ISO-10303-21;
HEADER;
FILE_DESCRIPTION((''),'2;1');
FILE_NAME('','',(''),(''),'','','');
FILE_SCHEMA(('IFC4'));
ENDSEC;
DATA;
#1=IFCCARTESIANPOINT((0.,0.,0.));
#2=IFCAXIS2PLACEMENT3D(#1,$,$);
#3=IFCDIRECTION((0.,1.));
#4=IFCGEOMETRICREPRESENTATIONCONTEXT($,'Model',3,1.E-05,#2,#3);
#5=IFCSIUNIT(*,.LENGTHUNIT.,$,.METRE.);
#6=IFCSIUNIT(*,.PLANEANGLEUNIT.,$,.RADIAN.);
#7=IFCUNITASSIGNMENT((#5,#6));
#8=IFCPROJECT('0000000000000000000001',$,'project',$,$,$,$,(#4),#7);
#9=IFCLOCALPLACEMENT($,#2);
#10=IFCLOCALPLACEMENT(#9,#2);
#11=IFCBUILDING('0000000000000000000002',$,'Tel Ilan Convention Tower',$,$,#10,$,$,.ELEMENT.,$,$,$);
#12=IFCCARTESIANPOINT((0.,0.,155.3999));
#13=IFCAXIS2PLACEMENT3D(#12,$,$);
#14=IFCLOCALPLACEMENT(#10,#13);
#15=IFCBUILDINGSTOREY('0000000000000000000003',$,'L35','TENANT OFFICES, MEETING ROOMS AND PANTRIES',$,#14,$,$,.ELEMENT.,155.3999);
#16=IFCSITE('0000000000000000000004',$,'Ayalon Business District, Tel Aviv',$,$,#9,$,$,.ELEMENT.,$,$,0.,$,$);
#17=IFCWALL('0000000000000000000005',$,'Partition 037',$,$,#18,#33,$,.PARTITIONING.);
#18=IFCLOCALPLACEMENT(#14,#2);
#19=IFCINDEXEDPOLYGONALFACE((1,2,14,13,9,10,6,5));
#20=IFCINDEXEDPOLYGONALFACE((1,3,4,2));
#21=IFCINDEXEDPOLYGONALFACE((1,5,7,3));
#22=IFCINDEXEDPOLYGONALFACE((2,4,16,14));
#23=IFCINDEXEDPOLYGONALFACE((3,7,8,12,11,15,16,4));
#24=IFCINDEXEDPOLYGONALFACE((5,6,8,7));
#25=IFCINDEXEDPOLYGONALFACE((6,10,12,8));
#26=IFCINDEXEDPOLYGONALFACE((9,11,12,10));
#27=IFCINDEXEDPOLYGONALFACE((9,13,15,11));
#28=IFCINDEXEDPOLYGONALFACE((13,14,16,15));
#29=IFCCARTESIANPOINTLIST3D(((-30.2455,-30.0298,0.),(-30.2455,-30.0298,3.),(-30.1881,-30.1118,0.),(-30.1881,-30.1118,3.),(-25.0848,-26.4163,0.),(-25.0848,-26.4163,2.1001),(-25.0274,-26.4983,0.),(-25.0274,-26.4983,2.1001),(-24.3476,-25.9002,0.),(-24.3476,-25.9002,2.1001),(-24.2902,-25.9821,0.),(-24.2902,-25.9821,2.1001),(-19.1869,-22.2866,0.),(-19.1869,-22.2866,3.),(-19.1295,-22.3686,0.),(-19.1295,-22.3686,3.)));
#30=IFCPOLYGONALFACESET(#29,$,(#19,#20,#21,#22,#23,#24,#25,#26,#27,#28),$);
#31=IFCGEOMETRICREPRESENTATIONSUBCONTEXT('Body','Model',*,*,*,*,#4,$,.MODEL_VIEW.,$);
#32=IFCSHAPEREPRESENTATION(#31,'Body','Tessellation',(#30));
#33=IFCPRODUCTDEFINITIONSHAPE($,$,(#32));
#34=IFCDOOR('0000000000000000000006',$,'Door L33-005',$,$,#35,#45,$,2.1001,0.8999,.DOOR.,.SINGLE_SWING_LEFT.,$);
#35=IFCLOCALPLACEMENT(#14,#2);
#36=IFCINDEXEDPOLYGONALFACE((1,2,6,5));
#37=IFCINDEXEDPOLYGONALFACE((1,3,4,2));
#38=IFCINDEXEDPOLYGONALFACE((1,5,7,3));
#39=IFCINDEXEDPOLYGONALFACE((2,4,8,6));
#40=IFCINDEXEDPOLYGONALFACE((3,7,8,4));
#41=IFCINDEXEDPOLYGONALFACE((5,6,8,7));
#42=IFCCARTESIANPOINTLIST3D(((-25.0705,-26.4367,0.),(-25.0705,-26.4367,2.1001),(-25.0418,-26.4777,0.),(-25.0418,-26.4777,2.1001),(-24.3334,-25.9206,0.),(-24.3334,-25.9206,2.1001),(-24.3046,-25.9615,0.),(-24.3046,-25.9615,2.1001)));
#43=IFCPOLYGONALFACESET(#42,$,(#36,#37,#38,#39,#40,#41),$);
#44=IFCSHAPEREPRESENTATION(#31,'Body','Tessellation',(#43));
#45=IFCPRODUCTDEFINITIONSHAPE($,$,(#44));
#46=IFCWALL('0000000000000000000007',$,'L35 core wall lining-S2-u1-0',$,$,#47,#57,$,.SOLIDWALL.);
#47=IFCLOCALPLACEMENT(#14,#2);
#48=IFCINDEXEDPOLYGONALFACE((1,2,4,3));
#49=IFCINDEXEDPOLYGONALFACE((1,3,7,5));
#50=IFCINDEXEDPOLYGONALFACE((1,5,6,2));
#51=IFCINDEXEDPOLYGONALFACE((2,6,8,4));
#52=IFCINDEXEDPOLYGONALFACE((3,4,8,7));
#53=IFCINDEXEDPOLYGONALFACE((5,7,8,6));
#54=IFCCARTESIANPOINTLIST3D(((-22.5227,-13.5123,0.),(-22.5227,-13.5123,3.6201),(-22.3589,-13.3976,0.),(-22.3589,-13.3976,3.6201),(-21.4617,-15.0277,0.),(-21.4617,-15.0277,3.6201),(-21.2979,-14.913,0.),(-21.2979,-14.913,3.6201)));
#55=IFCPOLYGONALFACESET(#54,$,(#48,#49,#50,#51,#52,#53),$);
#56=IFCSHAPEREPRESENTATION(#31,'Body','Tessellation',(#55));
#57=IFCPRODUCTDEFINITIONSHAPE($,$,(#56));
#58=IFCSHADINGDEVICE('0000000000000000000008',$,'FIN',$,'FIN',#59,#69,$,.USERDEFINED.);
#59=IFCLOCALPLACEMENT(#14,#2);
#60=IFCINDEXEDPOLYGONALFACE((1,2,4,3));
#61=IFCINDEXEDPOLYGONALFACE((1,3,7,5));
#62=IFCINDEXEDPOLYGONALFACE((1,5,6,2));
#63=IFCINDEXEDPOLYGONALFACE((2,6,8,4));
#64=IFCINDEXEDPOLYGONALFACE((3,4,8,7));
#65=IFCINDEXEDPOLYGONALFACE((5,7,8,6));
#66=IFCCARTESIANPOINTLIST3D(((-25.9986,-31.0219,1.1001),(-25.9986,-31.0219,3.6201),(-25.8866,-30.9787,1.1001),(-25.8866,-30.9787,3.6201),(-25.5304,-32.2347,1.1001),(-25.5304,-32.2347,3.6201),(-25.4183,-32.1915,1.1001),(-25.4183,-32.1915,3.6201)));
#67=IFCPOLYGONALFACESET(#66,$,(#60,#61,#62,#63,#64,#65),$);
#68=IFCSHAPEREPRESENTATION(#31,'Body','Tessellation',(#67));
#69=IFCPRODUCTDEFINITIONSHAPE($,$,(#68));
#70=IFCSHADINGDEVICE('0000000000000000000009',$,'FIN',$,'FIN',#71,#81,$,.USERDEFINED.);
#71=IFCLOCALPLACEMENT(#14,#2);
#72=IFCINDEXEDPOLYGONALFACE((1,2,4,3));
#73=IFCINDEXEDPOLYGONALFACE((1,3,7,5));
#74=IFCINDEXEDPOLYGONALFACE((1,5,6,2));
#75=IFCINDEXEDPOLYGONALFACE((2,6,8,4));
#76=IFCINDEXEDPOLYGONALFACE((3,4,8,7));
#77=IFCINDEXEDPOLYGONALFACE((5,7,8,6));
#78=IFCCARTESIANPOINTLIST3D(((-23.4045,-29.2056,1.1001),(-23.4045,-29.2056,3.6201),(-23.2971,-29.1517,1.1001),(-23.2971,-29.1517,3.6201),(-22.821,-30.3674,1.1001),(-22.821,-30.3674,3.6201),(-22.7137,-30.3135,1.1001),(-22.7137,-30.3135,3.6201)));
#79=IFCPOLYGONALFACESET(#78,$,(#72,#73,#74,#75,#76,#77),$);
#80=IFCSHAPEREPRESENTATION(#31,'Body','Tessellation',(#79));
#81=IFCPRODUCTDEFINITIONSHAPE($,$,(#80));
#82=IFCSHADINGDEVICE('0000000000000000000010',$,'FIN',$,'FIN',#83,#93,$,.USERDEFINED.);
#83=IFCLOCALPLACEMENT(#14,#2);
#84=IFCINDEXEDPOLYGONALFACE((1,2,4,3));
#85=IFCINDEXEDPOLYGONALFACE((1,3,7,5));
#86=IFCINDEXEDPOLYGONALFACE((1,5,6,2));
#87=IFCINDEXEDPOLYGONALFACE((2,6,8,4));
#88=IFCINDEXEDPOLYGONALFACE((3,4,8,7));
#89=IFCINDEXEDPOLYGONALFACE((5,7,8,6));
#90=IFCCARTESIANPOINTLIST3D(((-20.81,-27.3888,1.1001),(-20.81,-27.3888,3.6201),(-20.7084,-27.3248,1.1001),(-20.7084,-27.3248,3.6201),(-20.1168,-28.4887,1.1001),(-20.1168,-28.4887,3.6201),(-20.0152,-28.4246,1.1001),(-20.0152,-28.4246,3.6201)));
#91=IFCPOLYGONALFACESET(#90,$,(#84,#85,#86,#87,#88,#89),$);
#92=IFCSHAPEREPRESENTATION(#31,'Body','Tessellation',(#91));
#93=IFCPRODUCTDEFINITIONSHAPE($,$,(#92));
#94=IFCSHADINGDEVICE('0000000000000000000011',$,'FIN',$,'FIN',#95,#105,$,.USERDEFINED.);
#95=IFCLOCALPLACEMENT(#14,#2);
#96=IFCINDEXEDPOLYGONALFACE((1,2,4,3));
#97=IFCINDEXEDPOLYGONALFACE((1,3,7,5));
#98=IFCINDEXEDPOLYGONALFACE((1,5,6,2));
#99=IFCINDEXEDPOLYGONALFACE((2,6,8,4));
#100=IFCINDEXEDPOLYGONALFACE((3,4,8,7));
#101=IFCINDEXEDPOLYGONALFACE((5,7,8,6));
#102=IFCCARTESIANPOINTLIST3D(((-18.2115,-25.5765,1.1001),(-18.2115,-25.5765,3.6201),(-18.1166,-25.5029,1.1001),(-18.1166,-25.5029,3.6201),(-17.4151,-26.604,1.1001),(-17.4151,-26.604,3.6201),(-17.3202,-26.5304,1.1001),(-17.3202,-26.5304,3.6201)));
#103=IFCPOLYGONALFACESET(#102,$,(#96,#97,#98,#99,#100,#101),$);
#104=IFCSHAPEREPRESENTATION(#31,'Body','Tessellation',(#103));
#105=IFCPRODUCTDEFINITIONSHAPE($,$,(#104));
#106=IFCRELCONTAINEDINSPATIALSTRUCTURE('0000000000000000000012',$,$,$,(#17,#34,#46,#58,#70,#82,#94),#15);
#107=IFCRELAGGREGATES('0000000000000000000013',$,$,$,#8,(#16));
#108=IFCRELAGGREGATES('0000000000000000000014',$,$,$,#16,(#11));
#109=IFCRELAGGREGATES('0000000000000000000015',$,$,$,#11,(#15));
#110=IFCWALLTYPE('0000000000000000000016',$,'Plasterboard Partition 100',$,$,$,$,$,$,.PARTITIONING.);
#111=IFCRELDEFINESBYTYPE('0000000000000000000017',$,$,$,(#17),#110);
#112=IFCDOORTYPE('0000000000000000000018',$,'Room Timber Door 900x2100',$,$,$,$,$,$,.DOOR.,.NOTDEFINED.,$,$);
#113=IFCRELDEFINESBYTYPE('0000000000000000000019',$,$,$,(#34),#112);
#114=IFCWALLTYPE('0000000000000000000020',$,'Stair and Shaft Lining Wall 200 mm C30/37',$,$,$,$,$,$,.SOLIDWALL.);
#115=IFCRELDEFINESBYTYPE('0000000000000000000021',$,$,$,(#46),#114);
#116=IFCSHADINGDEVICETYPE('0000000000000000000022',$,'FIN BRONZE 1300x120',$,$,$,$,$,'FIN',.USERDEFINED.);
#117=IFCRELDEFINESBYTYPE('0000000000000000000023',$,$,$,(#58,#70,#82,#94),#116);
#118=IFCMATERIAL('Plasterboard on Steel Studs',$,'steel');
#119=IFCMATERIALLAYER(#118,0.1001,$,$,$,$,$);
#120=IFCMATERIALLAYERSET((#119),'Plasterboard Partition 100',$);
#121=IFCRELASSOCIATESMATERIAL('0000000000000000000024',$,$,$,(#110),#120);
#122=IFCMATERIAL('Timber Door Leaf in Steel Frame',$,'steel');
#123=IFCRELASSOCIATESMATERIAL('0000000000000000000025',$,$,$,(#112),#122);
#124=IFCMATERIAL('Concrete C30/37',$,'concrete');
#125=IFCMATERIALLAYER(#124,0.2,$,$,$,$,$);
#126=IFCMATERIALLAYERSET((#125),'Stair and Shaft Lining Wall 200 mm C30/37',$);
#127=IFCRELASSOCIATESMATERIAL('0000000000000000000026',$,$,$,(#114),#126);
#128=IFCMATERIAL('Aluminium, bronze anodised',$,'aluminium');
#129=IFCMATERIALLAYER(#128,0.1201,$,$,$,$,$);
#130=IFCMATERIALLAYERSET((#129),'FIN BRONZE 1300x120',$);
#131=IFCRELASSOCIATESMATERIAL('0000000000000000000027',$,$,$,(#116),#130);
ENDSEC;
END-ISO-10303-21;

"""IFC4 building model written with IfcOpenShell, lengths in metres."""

from ifc_helpers import new_model, si_unit, direction, frame, frame_2d, origin, origin_2d, place, context, subcontext, project, spatial, rectangle, extrude, material, layer, layer_set, type_object, element, fill, save


model = new_model("IFC4")

# Units and contexts
model_context = context("Model", 3, precision=1e-05, world=origin(), true_north=direction((0.0, 1.0)))
body_context = subcontext(model_context, "Body", "Model", "MODEL_VIEW")
ifc_project = project(units=[si_unit("LENGTHUNIT", "METRE"), si_unit("PLANEANGLEUNIT", "RADIAN")], contexts=[model_context])

# Site, building, storey
site_placement = place(None, origin())
site = spatial("IfcSite", under=ifc_project, at=site_placement, Name="Ayalon Business District, Tel Aviv", CompositionType="ELEMENT", RefElevation=0.0)
building_placement = place(site_placement, origin())
building = spatial("IfcBuilding", under=site, at=building_placement, Name="Tel Ilan Convention Tower", CompositionType="ELEMENT")
storey_placement = place(building_placement, frame((0.0, 0.0, 155.3999)))
storey = spatial("IfcBuildingStorey", under=building, at=storey_placement, Name="L35", Description="TENANT OFFICES, MEETING ROOMS AND PANTRIES", CompositionType="ELEMENT", Elevation=155.3999)

# Wall, opening, door
ifc_material_1 = material(Name="Plasterboard on Steel Studs", Category="steel")
ifc_layer_1 = layer(ifc_material_1, 0.1001)
ifc_layer_set_1 = layer_set([ifc_layer_1], Name="Plasterboard Partition 100")
wall_type_1 = type_object("IfcWallType", Name="Plasterboard Partition 100", PredefinedType="PARTITIONING", material=ifc_layer_set_1)
wall_1_placement = place(storey_placement, frame((-19.1582, -22.3276, 0.0), z_axis=(0.0, 0.0, 1.0), x_axis=(-0.819157, -0.573569, 0.0)))
wall_1 = element("IfcWall", 1, at=wall_1_placement, inside=storey, type_object=wall_type_1, Name="Partition 037", PredefinedType="PARTITIONING", context=body_context, shape_type="SweptSolid", body=[
    extrude(rectangle(XDim=13.5, YDim=0.1001, at=frame_2d((6.75, 0.0))), origin(), (0.0, 0.0, 1.0), 3.0),
])
opening_1_placement = place(wall_1_placement, frame((6.3, 0.0, 0.0)))
opening_1 = element("IfcOpeningElement", 2, at=opening_1_placement, cuts=wall_1, PredefinedType="OPENING", context=body_context, shape_type="SweptSolid", body=[
    extrude(rectangle(XDim=0.8999, YDim=2.1001, at=frame_2d((0.45, 1.05))), frame((0.0, 0.0601, 0.0), z_axis=(0.0, -1.0, 0.0), x_axis=(1.0, 0.0, 0.0)), (0.0, 0.0, 1.0), 0.1201),
])
ifc_material_2 = material(Name="Timber Door Leaf in Steel Frame", Category="steel")
door_type_1 = type_object("IfcDoorType", Name="Room Timber Door 900x2100", OperationType="NOTDEFINED", PredefinedType="DOOR", material=ifc_material_2)
door_1_placement = place(opening_1_placement, origin())
door_1 = element("IfcDoor", 3, at=door_1_placement, inside=storey, type_object=door_type_1, Name="Door L33-005", OperationType="SINGLE_SWING_LEFT", OverallHeight=2.1001, OverallWidth=0.8999, PredefinedType="DOOR", context=body_context, shape_type="SweptSolid", body=[
    extrude(rectangle(XDim=0.8999, YDim=2.1001, at=frame_2d((0.45, 1.05))), frame((0.0, 0.0249, 0.0), z_axis=(0.0, -1.0, 0.0), x_axis=(1.0, 0.0, 0.0)), (0.0, 0.0, 1.0), 0.05),
])
fill(opening_1, door_1)

# Wall
ifc_material_3 = material(Name="Concrete C30/37", Category="concrete")
ifc_layer_2 = layer(ifc_material_3, 0.2)
ifc_layer_set_2 = layer_set([ifc_layer_2], Name="Stair and Shaft Lining Wall 200 mm C30/37")
wall_type_2 = type_object("IfcWallType", Name="Stair and Shaft Lining Wall 200 mm C30/37", PredefinedType="SOLIDWALL", material=ifc_layer_set_2)
wall_2_placement = place(storey_placement, frame((-21.3799, -14.9702, 0.0), z_axis=(0.0, 0.0, 1.0), x_axis=(-0.57356, 0.819164, 0.0)))
element("IfcWall", 4, at=wall_2_placement, inside=storey, type_object=wall_type_2, Name="L35 core wall lining-S2-u1-0", PredefinedType="SOLIDWALL", context=body_context, shape_type="SweptSolid", body=[
    extrude(rectangle(XDim=1.8499, YDim=0.2, at=frame_2d((0.9248, 0.0))), origin(), (0.0, 0.0, 1.0), 3.6201),
])

# Shading devices
ifc_material_4 = material(Name="Aluminium, bronze anodised", Category="aluminium")
ifc_layer_3 = layer(ifc_material_4, 0.1201)
ifc_layer_set_3 = layer_set([ifc_layer_3], Name="FIN BRONZE 1300x120")
shading_device_type = type_object("IfcShadingDeviceType", Name="FIN BRONZE 1300x120", ElementType="FIN", PredefinedType="USERDEFINED", material=ifc_layer_set_3)
for number, where, z_axis, x_axis, name in (
    (5, (-25.7085, -31.6067, 1.1001), (0.0, 0.0, 1.0), (0.360178, -0.932884, 0.0), "FIN"),
    (6, (-23.0591, -29.7595, 1.1001), (0.0, 0.0, 1.0), (0.448799, -0.893633, 0.0), "FIN"),
    (7, (-20.4126, -27.9067, 1.1001), (0.0, 0.0, 1.0), (0.533204, -0.845986, 0.0), "FIN"),
    (8, (-17.7659, -26.0535, 1.1001), (0.0, 0.0, 1.0), (0.612601, -0.790393, 0.0), "FIN"),
):
    element("IfcShadingDevice", number, at=place(storey_placement, frame(where, z_axis=z_axis, x_axis=x_axis)), inside=storey, type_object=shading_device_type, Name=name, ObjectType="FIN", PredefinedType="USERDEFINED", context=body_context, shape_type="SweptSolid", body=[
        extrude(rectangle(XDim=1.3, YDim=0.1201, at=origin_2d()), origin(), (0.0, 0.0, 1.0), 2.52),
    ])

save(model, "model.ifc")
